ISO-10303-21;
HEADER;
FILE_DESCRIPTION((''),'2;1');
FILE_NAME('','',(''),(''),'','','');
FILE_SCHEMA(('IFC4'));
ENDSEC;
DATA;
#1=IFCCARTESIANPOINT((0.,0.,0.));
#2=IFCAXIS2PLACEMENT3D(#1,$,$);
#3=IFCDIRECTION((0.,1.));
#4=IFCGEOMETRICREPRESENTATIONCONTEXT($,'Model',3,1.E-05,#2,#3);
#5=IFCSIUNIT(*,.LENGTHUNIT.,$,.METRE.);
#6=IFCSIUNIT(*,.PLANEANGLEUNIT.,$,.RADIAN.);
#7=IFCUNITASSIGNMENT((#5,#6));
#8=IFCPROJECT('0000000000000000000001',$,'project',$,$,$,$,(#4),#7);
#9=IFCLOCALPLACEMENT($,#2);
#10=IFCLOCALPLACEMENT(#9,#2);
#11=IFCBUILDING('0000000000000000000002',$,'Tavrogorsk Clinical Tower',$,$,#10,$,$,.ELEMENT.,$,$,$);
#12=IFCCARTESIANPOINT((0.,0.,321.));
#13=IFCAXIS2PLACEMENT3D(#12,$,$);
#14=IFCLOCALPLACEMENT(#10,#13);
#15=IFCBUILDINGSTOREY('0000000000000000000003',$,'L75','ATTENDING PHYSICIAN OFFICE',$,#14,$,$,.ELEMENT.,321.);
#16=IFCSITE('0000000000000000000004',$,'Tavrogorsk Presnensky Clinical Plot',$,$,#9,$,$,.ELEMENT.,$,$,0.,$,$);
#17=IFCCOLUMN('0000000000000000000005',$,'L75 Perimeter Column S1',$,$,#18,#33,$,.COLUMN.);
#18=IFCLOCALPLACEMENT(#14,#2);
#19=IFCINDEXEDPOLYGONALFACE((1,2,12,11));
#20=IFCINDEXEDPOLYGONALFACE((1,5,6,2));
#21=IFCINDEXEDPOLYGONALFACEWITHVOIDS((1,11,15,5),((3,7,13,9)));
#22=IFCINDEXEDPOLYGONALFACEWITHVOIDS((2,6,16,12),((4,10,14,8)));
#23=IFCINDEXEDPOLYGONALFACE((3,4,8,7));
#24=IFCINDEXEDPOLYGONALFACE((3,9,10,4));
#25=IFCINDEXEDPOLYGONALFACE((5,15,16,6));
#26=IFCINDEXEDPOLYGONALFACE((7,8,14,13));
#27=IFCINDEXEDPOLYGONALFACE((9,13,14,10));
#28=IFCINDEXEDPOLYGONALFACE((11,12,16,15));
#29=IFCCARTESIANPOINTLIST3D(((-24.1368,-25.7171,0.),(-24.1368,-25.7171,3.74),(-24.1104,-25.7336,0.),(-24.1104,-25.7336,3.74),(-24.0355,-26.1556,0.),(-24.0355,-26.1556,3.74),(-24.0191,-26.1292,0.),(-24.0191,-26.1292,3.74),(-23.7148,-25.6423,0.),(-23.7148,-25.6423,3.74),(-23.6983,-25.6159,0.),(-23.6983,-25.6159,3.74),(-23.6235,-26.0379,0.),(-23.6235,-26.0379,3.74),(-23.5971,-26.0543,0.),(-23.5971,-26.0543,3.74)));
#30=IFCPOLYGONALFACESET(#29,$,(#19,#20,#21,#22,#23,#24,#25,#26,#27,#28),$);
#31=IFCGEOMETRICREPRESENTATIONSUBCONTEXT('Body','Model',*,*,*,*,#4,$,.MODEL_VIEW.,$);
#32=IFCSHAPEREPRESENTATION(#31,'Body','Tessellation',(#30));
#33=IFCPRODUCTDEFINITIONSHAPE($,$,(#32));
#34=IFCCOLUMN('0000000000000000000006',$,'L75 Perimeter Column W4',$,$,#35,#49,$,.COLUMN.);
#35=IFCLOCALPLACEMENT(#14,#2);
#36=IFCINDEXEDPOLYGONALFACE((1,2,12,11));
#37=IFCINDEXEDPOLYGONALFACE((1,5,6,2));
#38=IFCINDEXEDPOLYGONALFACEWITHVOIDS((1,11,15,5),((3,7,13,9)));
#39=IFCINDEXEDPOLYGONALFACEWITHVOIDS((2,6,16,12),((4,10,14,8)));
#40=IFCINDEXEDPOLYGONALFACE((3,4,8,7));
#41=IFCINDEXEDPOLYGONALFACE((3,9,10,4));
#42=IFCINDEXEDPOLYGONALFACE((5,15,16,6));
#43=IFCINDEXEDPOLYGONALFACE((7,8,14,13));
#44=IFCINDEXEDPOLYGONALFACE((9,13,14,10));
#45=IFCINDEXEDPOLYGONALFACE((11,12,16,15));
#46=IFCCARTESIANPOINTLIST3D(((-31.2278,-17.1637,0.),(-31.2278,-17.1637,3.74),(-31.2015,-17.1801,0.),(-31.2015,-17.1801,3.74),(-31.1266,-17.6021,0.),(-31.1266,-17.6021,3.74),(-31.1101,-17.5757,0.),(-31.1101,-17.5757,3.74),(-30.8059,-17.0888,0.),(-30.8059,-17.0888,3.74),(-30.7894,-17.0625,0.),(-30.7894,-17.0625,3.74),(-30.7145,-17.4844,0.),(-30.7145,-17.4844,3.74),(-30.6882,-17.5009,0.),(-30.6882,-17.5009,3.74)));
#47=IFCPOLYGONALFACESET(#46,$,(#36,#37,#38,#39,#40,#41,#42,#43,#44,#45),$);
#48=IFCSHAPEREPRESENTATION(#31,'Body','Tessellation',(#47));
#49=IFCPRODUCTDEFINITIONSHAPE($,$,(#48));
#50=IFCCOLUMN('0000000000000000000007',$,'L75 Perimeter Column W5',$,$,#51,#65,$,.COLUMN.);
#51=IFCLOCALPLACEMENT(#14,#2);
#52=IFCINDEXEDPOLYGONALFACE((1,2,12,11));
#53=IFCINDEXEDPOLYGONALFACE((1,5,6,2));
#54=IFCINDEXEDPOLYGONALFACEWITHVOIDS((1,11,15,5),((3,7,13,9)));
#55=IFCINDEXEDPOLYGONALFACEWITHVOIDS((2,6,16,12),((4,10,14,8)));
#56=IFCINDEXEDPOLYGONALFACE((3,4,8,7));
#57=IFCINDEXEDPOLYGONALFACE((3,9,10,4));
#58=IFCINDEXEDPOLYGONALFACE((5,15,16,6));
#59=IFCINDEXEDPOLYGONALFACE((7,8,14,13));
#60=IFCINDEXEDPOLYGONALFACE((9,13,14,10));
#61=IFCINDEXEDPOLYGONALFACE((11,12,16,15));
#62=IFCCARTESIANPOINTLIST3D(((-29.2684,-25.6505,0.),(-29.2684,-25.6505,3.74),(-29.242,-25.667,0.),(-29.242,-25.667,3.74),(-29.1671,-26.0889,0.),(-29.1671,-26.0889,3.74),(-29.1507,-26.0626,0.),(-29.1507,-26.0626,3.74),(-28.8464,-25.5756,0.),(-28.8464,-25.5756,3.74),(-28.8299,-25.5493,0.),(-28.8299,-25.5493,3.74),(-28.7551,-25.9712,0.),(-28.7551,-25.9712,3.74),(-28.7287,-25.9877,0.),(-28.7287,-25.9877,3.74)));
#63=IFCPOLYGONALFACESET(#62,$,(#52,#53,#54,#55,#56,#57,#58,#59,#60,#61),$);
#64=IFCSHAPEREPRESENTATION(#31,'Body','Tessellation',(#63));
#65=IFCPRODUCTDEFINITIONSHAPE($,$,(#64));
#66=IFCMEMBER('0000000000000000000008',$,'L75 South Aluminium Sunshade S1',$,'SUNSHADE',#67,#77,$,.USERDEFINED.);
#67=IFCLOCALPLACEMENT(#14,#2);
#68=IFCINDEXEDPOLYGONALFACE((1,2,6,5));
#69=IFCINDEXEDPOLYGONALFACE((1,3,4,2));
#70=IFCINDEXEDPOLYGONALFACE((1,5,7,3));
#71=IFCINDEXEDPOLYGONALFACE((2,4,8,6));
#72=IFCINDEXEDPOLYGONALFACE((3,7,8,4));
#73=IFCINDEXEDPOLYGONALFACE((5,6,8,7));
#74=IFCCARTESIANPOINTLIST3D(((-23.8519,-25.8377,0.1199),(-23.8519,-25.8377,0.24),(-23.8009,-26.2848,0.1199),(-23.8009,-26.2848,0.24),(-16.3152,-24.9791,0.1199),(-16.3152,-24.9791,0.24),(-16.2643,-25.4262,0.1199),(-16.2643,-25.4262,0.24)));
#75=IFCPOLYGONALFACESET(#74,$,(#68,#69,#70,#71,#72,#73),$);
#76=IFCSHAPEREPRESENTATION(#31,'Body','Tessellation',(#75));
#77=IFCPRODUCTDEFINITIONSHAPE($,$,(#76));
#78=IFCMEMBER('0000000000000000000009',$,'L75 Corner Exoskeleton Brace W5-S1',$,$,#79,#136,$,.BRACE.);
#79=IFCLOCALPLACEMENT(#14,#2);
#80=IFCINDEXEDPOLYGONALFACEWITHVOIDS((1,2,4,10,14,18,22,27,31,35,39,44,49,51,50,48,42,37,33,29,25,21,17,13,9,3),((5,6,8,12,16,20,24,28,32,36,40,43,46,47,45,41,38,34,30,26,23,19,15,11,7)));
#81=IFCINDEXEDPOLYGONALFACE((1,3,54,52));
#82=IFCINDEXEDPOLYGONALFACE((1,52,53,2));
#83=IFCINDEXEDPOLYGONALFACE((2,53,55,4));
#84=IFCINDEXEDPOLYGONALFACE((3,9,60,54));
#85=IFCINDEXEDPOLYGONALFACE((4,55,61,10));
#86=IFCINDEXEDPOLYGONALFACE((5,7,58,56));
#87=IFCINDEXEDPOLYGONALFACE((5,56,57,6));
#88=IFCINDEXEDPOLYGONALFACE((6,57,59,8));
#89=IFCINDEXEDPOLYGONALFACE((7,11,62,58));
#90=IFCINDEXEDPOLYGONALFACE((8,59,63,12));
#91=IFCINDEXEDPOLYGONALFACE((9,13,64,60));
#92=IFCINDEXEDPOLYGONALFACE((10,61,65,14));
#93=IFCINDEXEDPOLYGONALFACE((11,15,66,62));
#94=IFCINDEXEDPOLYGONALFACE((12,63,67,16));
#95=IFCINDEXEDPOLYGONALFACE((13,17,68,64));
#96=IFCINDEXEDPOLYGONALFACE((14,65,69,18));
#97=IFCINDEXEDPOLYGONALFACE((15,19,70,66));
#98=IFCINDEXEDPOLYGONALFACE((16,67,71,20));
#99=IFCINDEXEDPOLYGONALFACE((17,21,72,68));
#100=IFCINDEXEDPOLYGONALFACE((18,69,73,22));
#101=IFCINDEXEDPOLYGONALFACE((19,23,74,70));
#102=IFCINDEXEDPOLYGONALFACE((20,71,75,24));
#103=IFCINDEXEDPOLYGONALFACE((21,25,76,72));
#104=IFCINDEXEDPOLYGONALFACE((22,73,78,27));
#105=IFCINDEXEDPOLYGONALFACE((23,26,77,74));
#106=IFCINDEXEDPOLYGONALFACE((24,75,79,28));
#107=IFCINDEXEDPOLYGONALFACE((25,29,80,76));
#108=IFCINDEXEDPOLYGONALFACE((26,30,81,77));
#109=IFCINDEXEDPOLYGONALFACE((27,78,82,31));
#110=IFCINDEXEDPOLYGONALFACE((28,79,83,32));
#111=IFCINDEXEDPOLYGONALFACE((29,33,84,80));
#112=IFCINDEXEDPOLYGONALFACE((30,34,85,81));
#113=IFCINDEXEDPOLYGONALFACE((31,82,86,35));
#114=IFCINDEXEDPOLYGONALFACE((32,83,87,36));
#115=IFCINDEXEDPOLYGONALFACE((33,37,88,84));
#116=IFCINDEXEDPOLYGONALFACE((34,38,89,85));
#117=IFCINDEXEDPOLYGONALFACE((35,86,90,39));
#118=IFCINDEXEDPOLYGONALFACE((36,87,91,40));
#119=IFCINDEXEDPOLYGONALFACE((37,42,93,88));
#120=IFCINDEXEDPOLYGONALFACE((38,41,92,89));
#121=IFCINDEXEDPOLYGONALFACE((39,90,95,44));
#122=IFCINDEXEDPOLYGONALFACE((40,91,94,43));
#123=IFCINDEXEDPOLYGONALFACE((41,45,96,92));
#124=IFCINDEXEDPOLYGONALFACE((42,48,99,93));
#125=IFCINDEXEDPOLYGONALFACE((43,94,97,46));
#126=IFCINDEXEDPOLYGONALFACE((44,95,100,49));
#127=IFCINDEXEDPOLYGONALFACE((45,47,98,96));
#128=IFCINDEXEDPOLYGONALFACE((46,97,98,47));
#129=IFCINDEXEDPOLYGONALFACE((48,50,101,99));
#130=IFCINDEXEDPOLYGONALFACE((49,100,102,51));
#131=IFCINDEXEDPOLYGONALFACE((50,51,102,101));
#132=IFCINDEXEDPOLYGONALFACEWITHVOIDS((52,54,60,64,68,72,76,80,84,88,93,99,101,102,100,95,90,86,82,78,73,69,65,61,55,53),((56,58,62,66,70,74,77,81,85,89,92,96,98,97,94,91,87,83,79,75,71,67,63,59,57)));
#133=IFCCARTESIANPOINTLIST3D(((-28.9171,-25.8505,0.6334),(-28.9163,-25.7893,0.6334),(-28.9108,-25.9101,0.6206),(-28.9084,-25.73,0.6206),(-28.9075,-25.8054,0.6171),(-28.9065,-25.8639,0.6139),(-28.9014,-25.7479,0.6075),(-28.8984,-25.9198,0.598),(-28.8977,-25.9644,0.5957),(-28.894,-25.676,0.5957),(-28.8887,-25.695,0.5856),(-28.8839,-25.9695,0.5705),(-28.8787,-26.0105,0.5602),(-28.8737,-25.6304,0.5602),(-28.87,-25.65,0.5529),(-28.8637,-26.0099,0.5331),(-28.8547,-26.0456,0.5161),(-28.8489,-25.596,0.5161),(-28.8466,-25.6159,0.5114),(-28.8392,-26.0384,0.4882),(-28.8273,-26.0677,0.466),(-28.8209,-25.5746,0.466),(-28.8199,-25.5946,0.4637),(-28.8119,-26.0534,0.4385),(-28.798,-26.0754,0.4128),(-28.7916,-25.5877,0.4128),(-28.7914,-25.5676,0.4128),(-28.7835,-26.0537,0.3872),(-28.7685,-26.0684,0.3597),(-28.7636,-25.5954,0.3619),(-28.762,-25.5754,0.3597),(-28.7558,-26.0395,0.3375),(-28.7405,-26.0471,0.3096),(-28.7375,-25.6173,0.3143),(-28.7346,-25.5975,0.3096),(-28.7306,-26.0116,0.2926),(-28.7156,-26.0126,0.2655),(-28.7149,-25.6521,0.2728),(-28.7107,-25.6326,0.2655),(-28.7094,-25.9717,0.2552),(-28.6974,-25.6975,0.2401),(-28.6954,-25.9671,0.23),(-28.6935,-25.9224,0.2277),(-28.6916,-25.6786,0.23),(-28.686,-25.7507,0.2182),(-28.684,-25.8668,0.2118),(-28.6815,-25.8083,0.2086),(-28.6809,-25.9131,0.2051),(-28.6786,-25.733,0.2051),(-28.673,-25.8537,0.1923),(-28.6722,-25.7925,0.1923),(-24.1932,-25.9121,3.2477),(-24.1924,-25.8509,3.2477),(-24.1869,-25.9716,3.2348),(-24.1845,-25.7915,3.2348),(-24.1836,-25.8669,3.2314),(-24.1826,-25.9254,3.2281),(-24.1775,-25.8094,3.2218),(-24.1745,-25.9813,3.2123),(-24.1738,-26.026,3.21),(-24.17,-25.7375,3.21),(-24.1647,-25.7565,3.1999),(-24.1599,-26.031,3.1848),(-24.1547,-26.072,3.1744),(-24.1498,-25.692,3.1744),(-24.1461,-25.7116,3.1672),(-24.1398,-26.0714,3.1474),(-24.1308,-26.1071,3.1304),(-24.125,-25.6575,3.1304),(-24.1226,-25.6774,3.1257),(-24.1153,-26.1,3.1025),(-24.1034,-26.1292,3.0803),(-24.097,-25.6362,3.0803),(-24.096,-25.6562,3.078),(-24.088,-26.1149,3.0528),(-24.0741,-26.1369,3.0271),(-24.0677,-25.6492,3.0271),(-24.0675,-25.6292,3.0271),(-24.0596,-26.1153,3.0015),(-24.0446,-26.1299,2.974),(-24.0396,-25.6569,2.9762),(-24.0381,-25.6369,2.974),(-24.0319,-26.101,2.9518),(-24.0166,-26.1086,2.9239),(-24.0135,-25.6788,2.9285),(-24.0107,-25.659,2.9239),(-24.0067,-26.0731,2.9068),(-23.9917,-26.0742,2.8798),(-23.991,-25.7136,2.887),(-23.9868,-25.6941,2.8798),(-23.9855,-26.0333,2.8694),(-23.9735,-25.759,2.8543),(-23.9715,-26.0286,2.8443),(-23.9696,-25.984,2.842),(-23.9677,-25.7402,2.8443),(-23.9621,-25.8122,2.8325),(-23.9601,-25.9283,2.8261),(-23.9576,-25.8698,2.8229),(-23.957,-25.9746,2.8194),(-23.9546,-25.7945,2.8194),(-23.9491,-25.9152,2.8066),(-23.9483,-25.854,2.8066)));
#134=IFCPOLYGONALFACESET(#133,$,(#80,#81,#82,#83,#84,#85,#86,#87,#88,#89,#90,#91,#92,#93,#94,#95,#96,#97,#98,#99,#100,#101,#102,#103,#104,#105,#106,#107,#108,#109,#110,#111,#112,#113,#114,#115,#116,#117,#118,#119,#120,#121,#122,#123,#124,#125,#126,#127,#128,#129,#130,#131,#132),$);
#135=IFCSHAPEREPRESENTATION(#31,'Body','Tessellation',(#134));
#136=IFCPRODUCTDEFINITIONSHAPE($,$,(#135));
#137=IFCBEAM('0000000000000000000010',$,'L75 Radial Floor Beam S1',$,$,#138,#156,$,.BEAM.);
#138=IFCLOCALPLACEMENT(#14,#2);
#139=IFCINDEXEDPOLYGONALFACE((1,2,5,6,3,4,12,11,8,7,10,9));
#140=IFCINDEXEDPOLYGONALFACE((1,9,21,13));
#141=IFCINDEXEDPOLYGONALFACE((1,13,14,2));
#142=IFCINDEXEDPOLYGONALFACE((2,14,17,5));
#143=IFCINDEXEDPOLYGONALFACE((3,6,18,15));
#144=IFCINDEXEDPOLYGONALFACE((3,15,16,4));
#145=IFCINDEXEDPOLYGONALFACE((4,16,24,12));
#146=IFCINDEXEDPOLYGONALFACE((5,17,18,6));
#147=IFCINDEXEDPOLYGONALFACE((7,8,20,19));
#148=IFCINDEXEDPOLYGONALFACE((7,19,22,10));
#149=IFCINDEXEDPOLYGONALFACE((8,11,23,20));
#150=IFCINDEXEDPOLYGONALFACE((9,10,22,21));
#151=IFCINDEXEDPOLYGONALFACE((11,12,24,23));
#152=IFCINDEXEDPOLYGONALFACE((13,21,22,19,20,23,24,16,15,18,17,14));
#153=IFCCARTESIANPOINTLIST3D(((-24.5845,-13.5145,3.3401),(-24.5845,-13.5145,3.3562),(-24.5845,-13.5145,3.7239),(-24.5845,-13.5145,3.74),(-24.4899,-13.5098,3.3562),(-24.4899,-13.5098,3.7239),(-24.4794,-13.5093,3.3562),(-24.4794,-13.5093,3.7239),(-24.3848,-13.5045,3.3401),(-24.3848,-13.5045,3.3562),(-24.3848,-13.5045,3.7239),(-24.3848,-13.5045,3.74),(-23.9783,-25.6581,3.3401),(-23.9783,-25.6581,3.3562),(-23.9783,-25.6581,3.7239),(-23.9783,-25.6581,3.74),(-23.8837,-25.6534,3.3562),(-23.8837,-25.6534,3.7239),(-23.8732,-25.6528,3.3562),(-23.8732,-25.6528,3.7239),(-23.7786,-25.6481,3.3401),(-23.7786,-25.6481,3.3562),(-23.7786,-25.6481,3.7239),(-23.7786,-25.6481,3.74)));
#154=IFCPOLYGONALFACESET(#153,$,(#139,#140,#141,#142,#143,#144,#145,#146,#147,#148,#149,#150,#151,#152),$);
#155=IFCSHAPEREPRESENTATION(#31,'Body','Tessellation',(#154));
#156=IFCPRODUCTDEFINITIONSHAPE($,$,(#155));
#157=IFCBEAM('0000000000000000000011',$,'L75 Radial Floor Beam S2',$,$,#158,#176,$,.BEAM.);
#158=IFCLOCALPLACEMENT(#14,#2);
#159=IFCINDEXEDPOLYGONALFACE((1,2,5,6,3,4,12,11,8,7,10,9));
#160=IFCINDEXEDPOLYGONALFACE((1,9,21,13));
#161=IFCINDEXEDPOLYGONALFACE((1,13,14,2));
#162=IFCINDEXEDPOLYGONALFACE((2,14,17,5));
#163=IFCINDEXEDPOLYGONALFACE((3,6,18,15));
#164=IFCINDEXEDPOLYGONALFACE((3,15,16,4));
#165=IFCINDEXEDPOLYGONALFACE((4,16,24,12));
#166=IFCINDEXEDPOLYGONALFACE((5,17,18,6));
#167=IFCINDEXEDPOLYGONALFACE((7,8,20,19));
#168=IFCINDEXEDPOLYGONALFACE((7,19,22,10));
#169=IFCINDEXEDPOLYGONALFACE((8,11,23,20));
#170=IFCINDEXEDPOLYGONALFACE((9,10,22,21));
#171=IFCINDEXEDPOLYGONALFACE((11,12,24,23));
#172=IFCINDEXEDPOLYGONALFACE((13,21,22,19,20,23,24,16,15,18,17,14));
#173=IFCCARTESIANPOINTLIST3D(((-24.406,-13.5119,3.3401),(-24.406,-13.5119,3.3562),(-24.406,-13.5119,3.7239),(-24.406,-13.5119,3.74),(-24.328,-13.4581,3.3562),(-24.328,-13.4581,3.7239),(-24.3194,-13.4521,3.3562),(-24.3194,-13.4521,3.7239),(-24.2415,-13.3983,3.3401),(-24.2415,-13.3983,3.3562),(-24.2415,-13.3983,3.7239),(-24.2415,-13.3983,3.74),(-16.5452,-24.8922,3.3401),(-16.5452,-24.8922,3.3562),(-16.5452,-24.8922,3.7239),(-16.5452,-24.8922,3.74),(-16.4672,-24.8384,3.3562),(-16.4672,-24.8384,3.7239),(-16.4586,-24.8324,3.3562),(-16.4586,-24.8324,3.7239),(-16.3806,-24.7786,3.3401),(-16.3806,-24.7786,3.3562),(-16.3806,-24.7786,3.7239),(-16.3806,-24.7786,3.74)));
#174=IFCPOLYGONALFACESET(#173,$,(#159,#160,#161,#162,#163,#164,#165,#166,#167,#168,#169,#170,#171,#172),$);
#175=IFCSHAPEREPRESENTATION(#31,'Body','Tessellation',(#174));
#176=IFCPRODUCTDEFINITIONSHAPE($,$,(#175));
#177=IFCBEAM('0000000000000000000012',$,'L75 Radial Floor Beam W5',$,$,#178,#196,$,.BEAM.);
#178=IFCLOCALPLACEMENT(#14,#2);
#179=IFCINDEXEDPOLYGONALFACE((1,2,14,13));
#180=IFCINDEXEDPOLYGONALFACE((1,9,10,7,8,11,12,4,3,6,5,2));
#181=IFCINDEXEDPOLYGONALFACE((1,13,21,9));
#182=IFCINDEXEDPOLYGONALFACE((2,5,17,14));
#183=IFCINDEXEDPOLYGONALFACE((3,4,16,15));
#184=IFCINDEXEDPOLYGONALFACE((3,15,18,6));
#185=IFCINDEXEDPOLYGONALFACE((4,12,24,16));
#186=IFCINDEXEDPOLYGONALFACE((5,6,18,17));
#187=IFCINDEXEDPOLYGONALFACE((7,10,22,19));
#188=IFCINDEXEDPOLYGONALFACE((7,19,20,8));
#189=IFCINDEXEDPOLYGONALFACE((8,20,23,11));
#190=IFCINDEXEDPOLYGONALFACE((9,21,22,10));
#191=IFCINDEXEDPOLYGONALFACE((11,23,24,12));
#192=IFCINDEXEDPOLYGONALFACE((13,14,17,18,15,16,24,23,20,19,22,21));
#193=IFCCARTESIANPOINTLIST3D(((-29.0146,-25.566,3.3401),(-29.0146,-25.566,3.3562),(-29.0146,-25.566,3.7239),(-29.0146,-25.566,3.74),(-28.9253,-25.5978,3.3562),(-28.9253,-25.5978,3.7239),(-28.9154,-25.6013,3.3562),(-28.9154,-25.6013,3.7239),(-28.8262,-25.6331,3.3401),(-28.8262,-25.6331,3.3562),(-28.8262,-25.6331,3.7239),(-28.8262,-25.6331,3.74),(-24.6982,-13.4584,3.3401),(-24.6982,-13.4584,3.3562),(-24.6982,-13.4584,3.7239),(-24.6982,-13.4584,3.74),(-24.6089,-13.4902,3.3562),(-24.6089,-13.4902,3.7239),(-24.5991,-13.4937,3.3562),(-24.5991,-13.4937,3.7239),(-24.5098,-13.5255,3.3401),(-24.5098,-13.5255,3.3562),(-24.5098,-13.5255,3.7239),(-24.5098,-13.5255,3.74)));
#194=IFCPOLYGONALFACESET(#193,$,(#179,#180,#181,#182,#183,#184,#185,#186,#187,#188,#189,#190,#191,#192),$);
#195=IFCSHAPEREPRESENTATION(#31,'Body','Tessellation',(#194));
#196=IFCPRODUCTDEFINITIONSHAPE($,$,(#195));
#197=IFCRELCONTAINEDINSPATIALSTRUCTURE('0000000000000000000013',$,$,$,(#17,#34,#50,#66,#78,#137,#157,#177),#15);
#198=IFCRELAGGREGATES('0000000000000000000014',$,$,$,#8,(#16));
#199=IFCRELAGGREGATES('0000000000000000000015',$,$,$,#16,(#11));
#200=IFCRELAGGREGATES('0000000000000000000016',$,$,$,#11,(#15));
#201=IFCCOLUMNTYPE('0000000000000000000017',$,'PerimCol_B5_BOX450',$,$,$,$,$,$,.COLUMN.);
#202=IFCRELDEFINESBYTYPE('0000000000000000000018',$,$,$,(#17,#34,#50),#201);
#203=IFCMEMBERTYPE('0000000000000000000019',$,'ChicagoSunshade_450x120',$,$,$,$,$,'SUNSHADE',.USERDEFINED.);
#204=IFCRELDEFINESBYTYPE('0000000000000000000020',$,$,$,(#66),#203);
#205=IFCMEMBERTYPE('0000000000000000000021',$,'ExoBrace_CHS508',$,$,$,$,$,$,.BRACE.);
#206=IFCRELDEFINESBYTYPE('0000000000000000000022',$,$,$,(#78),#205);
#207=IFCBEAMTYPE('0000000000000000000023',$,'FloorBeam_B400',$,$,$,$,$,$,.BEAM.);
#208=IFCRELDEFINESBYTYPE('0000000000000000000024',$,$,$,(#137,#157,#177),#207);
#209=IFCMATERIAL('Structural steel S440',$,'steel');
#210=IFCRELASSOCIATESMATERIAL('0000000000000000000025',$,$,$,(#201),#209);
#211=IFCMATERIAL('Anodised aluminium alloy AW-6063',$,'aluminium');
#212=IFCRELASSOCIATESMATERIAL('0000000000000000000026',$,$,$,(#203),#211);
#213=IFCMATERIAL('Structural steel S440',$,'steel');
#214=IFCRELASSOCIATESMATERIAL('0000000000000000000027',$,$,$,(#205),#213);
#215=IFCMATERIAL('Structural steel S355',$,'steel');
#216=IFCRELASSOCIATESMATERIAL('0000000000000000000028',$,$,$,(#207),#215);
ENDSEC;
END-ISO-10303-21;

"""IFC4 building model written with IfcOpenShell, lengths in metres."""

from ifc_helpers import new_model, si_unit, direction, frame, origin, origin_2d, place, context, subcontext, project, spatial, rectangle, hollow_rectangle, hollow_circle, i_section, extrude, material, material_profile, profile_set, type_object, element, save


model = new_model("IFC4")

# Units and contexts
model_context = context("Model", 3, precision=1e-05, world=origin(), true_north=direction((0.0, 1.0)))
body_context = subcontext(model_context, "Body", "Model", "MODEL_VIEW")
ifc_project = project(units=[si_unit("LENGTHUNIT", "METRE"), si_unit("PLANEANGLEUNIT", "RADIAN")], contexts=[model_context])

# Site, building, storey
site_placement = place(None, origin())
site = spatial("IfcSite", under=ifc_project, at=site_placement, Name="Tavrogorsk Presnensky Clinical Plot", CompositionType="ELEMENT", RefElevation=0.0)
building_placement = place(site_placement, origin())
building = spatial("IfcBuilding", under=site, at=building_placement, Name="Tavrogorsk Clinical Tower", CompositionType="ELEMENT")
storey_placement = place(building_placement, frame((0.0, 0.0, 321.0)))
storey = spatial("IfcBuildingStorey", under=building, at=storey_placement, Name="L75", Description="ATTENDING PHYSICIAN OFFICE", CompositionType="ELEMENT", Elevation=321.0)

# Columns
ifc_material_1 = material(Name="Structural steel S440", Category="steel")
ifc_material_profile_1 = material_profile(ifc_material_1, hollow_rectangle(XDim=0.45, YDim=0.45, WallThickness=0.022, at=origin_2d()), Name="BOX-450x450x22")
ifc_profile_set_1 = profile_set([ifc_material_profile_1], Name="Structural steel S440")
column_type = type_object("IfcColumnType", Name="PerimCol_B5_BOX450", PredefinedType="COLUMN", material=ifc_profile_set_1)
for number, where, z_axis, x_axis, name in (
    (1, (-23.8669, -25.8857, 0.0), (0.0, 0.0, 1.0), (0.97437, 0.224951, 0.0), "L75 Perimeter Column S1"),
    (2, (-30.958, -17.3323, 0.0), (0.0, 0.0, 1.0), (0.97437, 0.224951, 0.0), "L75 Perimeter Column W4"),
    (3, (-28.9985, -25.8191, 0.0), (0.0, 0.0, 1.0), (0.97437, 0.224951, 0.0), "L75 Perimeter Column W5"),
):
    element("IfcColumn", number, at=place(storey_placement, frame(where, z_axis=z_axis, x_axis=x_axis)), inside=storey, type_object=column_type, Name=name, PredefinedType="COLUMN", context=body_context, shape_type="SweptSolid", body=[
        extrude(hollow_rectangle(XDim=0.45, YDim=0.45, WallThickness=0.022, at=origin_2d()), origin(), (0.0, 0.0, 1.0), 3.74),
    ])

# Members
ifc_material_2 = material(Name="Anodised aluminium alloy AW-6063", Category="aluminium")
ifc_material_profile_2 = material_profile(ifc_material_2, rectangle(XDim=0.45, YDim=0.1201, at=origin_2d()), Name="ALU-SUNSHADE-450x120")
ifc_profile_set_2 = profile_set([ifc_material_profile_2], Name="Anodised aluminium alloy AW-6063")
member_type_1 = type_object("IfcMemberType", Name="ChicagoSunshade_450x120", ElementType="SUNSHADE", PredefinedType="USERDEFINED", material=ifc_profile_set_2)
member_1_placement = place(storey_placement, frame((-23.8264, -26.0613, 0.1799), z_axis=(0.993573, 0.113197, 0.0), x_axis=(-0.113197, 0.993573, 0.0)))
element("IfcMember", 4, at=member_1_placement, inside=storey, type_object=member_type_1, Name="L75 South Aluminium Sunshade S1", ObjectType="SUNSHADE", PredefinedType="USERDEFINED", context=body_context, shape_type="SweptSolid", body=[
    extrude(rectangle(XDim=0.45, YDim=0.1201, at=origin_2d()), origin(), (0.0, 0.0, 1.0), 7.5854),
])
ifc_material_3 = material(Name="Structural steel S440", Category="steel")
ifc_material_profile_3 = material_profile(ifc_material_3, hollow_circle(Radius=0.2539, WallThickness=0.02, at=origin_2d()), Name="CHS-508x20")
ifc_profile_set_3 = profile_set([ifc_material_profile_3], Name="Structural steel S440")
member_type_2 = type_object("IfcMemberType", Name="ExoBrace_CHS508", PredefinedType="BRACE", material=ifc_profile_set_3)
member_2_placement = place(storey_placement, frame((-28.7947, -25.8215, 0.4128), z_axis=(0.874895, -0.011395, 0.484179), x_axis=(0.013023, 0.999915, 0.0)))
element("IfcMember", 5, at=member_2_placement, inside=storey, type_object=member_type_2, Name="L75 Corner Exoskeleton Brace W5-S1", PredefinedType="BRACE", context=body_context, shape_type="SweptSolid", body=[
    extrude(hollow_circle(Radius=0.2539, WallThickness=0.02, at=origin_2d()), origin(), (0.0, 0.0, 1.0), 5.3994),
])

# Beams
ifc_material_4 = material(Name="Structural steel S355", Category="steel")
ifc_material_profile_4 = material_profile(ifc_material_4, i_section(OverallWidth=0.2, OverallDepth=0.3999, WebThickness=0.0105, FlangeThickness=0.0161, at=origin_2d()), Name="B-400x200x10.5x16")
ifc_profile_set_4 = profile_set([ifc_material_profile_4], Name="Structural steel S355")
beam_type_1 = type_object("IfcBeamType", Name="FloorBeam_B400", PredefinedType="BEAM", material=ifc_profile_set_4)
beam_1_placement = place(storey_placement, frame((-24.4846, -13.5095, 3.54), z_axis=(0.049857, -0.998756, 0.0), x_axis=(0.998756, 0.049857, 0.0)))
element("IfcBeam", 6, at=beam_1_placement, inside=storey, type_object=beam_type_1, Name="L75 Radial Floor Beam S1", PredefinedType="BEAM", context=body_context, shape_type="SweptSolid", body=[
    extrude(i_section(OverallWidth=0.2, OverallDepth=0.3999, WebThickness=0.0105, FlangeThickness=0.0161, at=origin_2d()), origin(), (0.0, 0.0, 1.0), 12.1587),
])
beam_2_placement = place(storey_placement, frame((-24.3237, -13.4551, 3.54), z_axis=(0.568336, -0.822797, 0.0), x_axis=(0.822797, 0.568336, 0.0)))
element("IfcBeam", 7, at=beam_2_placement, inside=storey, type_object=beam_type_1, Name="L75 Radial Floor Beam S2", PredefinedType="BEAM", context=body_context, shape_type="SweptSolid", body=[
    extrude(i_section(OverallWidth=0.2, OverallDepth=0.3999, WebThickness=0.0105, FlangeThickness=0.0161, at=origin_2d()), origin(), (0.0, 0.0, 1.0), 13.8313),
])
beam_3_placement = place(storey_placement, frame((-24.604, -13.4919, 3.54), z_axis=(-0.335801, -0.941933, 0.0), x_axis=(0.941933, -0.335801, 0.0)))
element("IfcBeam", 8, at=beam_3_placement, inside=storey, type_object=beam_type_1, Name="L75 Radial Floor Beam W5", PredefinedType="BEAM", context=body_context, shape_type="SweptSolid", body=[
    extrude(i_section(OverallWidth=0.2, OverallDepth=0.3999, WebThickness=0.0105, FlangeThickness=0.0161, at=origin_2d()), origin(), (0.0, 0.0, 1.0), 12.854),
])

save(model, "model.ifc")
